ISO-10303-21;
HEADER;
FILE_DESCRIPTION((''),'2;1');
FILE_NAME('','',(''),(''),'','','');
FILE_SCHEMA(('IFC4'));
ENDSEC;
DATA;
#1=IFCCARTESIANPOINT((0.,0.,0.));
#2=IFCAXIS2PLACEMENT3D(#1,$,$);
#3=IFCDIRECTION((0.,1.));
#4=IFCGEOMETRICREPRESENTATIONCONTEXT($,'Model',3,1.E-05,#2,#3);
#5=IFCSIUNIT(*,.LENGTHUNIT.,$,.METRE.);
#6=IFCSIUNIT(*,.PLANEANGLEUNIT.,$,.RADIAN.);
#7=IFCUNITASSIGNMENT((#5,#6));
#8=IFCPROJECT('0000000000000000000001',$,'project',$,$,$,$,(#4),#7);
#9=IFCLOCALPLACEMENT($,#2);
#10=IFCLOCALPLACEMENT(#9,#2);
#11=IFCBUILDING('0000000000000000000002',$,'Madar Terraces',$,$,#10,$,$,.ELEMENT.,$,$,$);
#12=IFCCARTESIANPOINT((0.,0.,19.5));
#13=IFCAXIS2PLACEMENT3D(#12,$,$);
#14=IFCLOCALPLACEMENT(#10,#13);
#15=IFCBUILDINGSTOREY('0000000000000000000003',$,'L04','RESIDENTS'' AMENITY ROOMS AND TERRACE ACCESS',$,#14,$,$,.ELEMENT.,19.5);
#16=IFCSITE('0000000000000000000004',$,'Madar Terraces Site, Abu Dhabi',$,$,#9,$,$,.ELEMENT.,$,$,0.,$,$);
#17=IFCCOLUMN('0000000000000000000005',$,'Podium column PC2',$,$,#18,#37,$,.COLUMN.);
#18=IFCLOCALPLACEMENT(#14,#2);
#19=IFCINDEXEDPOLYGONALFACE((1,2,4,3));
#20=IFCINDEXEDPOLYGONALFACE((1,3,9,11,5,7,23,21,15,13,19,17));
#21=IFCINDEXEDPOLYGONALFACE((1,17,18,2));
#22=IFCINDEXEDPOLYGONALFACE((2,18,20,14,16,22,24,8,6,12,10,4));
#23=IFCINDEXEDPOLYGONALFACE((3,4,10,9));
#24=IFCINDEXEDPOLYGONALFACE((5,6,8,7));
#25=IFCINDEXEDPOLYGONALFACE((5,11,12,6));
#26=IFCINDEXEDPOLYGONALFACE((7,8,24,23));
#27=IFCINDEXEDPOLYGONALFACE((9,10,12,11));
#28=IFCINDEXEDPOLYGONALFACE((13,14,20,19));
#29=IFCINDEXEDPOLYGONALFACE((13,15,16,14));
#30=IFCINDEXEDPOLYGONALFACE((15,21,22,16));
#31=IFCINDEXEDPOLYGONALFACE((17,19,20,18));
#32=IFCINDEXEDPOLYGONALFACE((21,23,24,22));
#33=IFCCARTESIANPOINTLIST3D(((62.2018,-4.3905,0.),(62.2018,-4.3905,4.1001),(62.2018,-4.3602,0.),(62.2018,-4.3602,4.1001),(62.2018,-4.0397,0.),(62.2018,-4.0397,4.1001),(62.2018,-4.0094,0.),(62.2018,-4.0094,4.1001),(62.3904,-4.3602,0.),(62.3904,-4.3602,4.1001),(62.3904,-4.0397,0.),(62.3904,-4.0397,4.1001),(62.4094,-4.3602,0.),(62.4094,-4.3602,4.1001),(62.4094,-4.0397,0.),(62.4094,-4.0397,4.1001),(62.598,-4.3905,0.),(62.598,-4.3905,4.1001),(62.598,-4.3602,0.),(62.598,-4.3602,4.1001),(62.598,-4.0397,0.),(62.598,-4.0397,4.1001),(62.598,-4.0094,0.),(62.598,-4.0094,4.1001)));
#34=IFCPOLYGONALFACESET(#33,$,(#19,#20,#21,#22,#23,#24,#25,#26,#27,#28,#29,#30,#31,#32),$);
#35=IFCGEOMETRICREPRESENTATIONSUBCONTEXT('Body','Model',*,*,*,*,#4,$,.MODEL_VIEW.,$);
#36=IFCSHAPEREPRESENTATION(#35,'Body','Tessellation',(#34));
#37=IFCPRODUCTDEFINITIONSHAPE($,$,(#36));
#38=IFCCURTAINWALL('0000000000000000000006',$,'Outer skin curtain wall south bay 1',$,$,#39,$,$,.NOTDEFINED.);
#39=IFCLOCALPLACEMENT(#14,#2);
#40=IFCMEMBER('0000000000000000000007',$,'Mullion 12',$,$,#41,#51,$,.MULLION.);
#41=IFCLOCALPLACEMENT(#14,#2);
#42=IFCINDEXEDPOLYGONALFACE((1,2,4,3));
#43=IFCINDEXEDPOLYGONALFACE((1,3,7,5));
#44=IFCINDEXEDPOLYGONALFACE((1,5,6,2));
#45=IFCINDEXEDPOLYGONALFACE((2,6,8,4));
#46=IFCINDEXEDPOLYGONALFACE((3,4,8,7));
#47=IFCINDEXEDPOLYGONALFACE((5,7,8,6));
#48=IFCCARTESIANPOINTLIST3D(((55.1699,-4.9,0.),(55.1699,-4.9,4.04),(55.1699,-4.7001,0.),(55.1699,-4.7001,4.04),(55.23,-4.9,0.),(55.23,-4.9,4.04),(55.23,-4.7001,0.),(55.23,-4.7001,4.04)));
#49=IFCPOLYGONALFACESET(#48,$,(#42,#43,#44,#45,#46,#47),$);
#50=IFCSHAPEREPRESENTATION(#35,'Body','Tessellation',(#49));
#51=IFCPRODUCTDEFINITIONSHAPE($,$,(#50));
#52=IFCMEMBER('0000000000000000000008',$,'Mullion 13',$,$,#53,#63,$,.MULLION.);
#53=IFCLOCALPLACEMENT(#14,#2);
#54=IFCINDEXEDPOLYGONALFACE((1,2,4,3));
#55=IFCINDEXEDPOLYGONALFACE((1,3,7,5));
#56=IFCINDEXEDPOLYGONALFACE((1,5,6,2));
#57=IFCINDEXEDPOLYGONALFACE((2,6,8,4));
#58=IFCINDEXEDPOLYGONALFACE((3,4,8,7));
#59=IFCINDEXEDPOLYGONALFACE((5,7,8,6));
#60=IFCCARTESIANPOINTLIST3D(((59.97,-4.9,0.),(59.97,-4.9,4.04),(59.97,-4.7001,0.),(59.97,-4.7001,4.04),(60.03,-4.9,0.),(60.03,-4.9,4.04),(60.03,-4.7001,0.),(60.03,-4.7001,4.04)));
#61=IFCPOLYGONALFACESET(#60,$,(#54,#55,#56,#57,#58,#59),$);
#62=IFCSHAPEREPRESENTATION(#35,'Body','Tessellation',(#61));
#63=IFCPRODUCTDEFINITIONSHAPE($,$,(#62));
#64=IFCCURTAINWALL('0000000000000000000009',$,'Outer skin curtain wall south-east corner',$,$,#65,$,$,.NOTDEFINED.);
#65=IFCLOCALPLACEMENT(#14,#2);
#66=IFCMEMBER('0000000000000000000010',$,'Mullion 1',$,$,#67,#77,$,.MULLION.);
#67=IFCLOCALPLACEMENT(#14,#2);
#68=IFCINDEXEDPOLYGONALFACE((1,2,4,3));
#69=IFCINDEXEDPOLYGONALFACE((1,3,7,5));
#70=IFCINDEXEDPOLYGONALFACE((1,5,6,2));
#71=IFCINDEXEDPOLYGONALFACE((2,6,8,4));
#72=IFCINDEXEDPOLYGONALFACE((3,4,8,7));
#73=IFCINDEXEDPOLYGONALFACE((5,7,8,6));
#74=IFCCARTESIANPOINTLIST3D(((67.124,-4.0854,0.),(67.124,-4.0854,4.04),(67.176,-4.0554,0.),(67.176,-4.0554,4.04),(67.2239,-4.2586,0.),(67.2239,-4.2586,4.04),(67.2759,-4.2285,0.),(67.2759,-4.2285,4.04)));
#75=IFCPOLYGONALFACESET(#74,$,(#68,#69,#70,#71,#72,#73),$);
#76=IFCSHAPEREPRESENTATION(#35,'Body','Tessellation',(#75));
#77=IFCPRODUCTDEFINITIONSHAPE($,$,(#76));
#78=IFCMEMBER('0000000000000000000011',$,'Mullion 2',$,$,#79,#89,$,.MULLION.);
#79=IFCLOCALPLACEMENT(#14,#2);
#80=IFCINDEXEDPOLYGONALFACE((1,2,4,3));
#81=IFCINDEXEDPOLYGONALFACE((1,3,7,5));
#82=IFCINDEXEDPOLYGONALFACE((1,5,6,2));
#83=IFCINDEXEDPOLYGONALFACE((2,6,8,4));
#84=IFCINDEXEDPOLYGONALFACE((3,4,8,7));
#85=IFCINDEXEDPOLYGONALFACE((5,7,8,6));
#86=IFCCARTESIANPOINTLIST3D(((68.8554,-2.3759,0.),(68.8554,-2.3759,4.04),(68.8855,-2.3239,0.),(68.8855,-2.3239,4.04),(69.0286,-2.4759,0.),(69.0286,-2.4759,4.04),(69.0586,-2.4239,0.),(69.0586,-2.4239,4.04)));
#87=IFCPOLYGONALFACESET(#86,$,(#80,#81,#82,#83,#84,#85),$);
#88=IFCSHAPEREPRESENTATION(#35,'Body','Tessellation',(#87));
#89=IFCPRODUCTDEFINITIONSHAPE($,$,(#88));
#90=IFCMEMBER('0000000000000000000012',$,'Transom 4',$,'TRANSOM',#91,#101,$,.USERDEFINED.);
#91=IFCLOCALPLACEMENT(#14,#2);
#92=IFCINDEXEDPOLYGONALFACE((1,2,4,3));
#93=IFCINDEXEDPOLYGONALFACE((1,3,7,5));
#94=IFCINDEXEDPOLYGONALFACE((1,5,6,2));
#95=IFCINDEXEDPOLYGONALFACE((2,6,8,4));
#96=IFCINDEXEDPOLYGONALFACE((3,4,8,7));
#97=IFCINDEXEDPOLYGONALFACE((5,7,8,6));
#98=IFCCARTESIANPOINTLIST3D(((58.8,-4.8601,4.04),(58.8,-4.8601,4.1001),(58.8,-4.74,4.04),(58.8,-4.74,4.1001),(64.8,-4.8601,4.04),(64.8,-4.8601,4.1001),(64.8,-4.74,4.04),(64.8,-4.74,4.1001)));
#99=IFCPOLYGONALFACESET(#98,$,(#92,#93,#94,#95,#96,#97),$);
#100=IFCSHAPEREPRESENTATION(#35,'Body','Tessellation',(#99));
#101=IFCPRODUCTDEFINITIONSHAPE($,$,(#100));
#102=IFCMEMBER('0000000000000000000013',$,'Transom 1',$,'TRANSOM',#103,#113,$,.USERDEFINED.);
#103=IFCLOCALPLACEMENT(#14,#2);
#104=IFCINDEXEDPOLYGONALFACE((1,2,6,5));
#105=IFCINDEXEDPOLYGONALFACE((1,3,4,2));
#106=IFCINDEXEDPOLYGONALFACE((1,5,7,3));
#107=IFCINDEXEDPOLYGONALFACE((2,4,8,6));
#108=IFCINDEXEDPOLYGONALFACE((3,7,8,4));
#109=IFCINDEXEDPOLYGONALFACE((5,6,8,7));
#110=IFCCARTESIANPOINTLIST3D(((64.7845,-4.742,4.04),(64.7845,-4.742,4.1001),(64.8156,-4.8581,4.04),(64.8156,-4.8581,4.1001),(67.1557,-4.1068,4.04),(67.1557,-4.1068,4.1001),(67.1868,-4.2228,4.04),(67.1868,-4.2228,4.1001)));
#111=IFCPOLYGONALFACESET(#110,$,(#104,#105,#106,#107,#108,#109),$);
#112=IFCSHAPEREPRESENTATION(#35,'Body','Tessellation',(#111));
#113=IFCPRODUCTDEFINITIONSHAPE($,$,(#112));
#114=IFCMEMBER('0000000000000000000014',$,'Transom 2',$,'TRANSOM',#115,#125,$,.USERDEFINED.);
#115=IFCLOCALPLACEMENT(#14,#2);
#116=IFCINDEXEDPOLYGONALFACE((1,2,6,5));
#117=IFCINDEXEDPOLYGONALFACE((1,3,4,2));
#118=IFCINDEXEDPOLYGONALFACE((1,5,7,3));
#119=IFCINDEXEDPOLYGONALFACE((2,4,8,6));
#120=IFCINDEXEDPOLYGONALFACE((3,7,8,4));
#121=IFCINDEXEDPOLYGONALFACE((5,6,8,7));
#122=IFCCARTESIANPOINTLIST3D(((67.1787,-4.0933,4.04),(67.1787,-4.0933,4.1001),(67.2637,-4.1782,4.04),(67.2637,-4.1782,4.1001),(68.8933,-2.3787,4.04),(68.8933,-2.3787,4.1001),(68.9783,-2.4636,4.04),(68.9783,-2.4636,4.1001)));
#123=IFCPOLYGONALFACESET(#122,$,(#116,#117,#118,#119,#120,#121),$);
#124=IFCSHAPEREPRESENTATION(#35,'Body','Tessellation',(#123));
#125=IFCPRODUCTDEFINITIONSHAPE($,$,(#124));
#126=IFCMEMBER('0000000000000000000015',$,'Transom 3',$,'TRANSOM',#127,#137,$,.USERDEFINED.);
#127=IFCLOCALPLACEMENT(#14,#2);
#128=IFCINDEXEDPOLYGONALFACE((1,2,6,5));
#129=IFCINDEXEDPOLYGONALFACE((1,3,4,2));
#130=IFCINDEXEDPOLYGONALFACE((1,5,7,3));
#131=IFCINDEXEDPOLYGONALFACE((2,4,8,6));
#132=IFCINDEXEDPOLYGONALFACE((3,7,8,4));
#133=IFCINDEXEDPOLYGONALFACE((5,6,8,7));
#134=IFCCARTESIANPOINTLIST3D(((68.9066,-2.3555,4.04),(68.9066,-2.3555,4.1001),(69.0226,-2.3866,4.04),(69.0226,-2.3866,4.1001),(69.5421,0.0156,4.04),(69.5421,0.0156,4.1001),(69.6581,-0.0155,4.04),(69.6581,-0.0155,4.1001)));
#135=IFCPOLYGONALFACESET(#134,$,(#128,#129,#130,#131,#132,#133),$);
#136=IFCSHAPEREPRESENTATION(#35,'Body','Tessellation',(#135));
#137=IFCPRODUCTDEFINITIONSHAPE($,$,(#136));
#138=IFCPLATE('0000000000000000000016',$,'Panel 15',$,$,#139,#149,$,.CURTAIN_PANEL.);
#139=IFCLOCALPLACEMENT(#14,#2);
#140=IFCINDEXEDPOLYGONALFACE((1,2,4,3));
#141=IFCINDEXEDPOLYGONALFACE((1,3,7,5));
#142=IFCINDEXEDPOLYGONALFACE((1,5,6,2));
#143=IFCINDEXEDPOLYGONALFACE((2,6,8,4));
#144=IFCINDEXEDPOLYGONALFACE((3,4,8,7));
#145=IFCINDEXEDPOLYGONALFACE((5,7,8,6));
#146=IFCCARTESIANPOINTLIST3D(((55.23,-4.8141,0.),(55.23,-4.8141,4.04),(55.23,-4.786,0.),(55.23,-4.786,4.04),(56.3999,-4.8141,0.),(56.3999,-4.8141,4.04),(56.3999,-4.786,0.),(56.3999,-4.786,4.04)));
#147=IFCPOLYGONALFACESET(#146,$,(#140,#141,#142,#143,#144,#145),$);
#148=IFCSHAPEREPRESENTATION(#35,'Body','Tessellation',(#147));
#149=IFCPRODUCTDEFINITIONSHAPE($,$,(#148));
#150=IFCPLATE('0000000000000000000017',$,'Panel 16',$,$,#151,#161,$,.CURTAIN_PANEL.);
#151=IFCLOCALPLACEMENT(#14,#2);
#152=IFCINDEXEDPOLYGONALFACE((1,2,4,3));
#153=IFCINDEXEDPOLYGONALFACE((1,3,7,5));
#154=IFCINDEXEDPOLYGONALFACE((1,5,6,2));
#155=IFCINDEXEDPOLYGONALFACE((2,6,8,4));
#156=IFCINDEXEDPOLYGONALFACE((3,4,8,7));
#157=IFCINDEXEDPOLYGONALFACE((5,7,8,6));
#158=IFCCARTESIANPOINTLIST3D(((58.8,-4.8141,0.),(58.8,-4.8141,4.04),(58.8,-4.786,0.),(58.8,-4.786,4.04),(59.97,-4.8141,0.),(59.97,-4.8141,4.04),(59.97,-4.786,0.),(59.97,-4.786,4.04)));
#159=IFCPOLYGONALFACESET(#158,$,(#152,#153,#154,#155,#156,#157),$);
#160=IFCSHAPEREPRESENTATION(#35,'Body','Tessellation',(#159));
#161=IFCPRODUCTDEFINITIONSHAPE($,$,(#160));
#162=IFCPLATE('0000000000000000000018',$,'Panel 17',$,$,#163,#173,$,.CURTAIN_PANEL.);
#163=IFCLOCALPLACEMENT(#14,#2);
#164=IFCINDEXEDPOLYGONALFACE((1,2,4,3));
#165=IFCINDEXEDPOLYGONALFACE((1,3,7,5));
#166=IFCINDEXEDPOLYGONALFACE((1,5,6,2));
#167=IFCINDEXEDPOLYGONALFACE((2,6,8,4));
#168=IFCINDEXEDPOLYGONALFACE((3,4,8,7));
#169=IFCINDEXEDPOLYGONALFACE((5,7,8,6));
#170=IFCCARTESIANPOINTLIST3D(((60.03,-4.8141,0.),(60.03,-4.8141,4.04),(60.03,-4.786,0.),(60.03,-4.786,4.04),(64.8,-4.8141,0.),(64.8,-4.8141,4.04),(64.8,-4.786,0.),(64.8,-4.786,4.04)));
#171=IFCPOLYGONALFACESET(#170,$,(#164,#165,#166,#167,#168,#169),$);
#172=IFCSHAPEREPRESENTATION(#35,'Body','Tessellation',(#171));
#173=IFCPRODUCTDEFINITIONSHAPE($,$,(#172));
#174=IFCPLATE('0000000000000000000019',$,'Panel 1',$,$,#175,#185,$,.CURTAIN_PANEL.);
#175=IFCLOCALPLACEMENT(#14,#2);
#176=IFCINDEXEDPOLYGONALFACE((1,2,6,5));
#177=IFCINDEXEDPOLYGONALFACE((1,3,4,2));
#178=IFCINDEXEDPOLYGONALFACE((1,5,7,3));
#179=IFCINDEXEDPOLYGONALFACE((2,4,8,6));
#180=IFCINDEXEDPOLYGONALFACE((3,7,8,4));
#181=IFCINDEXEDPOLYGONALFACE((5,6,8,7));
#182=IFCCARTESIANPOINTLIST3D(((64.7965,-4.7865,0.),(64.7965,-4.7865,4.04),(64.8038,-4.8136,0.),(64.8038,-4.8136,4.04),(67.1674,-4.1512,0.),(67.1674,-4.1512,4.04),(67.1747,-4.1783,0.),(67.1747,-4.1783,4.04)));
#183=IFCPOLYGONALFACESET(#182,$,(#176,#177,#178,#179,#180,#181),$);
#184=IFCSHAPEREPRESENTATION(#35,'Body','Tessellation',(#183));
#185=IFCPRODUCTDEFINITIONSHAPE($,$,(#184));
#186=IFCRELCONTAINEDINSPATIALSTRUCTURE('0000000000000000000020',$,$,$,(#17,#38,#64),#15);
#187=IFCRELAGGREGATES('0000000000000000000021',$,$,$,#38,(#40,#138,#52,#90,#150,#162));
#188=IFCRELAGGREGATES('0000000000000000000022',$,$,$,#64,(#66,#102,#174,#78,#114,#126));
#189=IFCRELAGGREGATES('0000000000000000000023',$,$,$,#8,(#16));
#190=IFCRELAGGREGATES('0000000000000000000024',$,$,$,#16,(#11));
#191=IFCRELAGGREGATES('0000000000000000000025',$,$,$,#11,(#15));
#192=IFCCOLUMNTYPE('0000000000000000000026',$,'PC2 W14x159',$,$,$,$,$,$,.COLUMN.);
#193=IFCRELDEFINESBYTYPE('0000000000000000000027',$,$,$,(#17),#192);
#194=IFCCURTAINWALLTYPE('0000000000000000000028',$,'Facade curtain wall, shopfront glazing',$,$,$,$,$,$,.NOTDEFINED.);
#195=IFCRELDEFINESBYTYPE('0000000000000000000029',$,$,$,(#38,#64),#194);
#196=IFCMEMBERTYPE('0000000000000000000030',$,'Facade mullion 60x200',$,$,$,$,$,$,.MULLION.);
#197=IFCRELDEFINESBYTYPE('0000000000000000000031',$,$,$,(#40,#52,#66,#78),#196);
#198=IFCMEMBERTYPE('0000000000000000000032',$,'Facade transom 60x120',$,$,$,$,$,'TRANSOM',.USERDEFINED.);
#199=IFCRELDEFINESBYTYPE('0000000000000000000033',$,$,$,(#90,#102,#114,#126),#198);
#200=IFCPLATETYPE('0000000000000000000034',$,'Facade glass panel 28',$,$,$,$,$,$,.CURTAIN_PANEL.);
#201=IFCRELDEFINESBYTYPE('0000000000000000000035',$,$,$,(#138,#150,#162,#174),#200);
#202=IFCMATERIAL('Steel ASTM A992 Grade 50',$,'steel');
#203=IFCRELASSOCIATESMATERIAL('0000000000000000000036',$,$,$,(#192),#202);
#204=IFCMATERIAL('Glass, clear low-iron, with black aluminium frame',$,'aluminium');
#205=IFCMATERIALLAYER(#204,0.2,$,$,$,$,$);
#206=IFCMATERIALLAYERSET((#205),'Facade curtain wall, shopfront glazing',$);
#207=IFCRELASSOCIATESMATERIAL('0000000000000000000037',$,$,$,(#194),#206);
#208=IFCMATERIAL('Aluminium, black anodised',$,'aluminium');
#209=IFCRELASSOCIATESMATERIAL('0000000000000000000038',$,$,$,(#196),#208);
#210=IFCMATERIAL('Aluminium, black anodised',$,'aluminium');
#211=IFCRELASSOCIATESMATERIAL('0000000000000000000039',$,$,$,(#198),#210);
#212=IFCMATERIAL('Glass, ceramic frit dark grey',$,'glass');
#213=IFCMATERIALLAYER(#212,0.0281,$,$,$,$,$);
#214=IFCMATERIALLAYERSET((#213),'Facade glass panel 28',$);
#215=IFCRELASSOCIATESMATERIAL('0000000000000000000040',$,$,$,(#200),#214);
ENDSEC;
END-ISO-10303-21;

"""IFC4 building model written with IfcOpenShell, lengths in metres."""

from ifc_helpers import new_model, si_unit, direction, frame, origin, origin_2d, place, context, subcontext, project, spatial, rectangle, i_section, extrude, material, layer, layer_set, material_profile, profile_set, type_object, element, aggregate, save


model = new_model("IFC4")

# Units and contexts
model_context = context("Model", 3, precision=1e-05, world=origin(), true_north=direction((0.0, 1.0)))
body_context = subcontext(model_context, "Body", "Model", "MODEL_VIEW")
ifc_project = project(units=[si_unit("LENGTHUNIT", "METRE"), si_unit("PLANEANGLEUNIT", "RADIAN")], contexts=[model_context])

# Site, building, storey
site_placement = place(None, origin())
site = spatial("IfcSite", under=ifc_project, at=site_placement, Name="Madar Terraces Site, Abu Dhabi", CompositionType="ELEMENT", RefElevation=0.0)
building_placement = place(site_placement, origin())
building = spatial("IfcBuilding", under=site, at=building_placement, Name="Madar Terraces", CompositionType="ELEMENT")
storey_placement = place(building_placement, frame((0.0, 0.0, 19.5)))
storey = spatial("IfcBuildingStorey", under=building, at=storey_placement, Name="L04", Description="RESIDENTS' AMENITY ROOMS AND TERRACE ACCESS", CompositionType="ELEMENT", Elevation=19.5)

# Column
ifc_material_1 = material(Name="Steel ASTM A992 Grade 50", Category="steel")
ifc_material_profile_1 = material_profile(ifc_material_1, i_section(OverallWidth=0.3962, OverallDepth=0.3811, WebThickness=0.019, FlangeThickness=0.0303, at=origin_2d()), Name="W14x159")
ifc_profile_set_1 = profile_set([ifc_material_profile_1], Name="Steel ASTM A992 Grade 50")
column_type = type_object("IfcColumnType", Name="PC2 W14x159", PredefinedType="COLUMN", material=ifc_profile_set_1)
column_placement = place(storey_placement, frame((62.3999, -4.2, 0.0), z_axis=(0.0, 0.0, 1.0), x_axis=(1.0, 0.0, 0.0)))
element("IfcColumn", 1, at=column_placement, inside=storey, type_object=column_type, Name="Podium column PC2", PredefinedType="COLUMN", context=body_context, shape_type="SweptSolid", body=[
    extrude(i_section(OverallWidth=0.3962, OverallDepth=0.3811, WebThickness=0.019, FlangeThickness=0.0303, at=origin_2d()), origin(), (0.0, 0.0, 1.0), 4.1001),
])

# Curtain walls, members
ifc_material_2 = material(Name="Glass, clear low-iron, with black aluminium frame", Category="aluminium")
ifc_layer_1 = layer(ifc_material_2, 0.2)
ifc_layer_set_1 = layer_set([ifc_layer_1], Name="Facade curtain wall, shopfront glazing")
curtain_wall_type = type_object("IfcCurtainWallType", Name="Facade curtain wall, shopfront glazing", PredefinedType="NOTDEFINED", material=ifc_layer_set_1)
curtain_wall_1_placement = place(storey_placement, origin())
curtain_wall_1 = element("IfcCurtainWall", 2, at=curtain_wall_1_placement, inside=storey, type_object=curtain_wall_type, Name="Outer skin curtain wall south bay 1", PredefinedType="NOTDEFINED")
ifc_material_3 = material(Name="Aluminium, black anodised", Category="aluminium")
ifc_material_profile_2 = material_profile(ifc_material_3, rectangle(XDim=0.2, YDim=0.0601, at=origin_2d()), Name="Facade mullion 60x200")
ifc_profile_set_2 = profile_set([ifc_material_profile_2], Name="Aluminium, black anodised")
member_type_1 = type_object("IfcMemberType", Name="Facade mullion 60x200", PredefinedType="MULLION", material=ifc_profile_set_2)
member_1_placement = place(storey_placement, frame((55.2, -4.8, 0.0), z_axis=(0.0, 0.0, 1.0), x_axis=(0.0, 1.0, 0.0)))
member_1 = element("IfcMember", 3, at=member_1_placement, type_object=member_type_1, Name="Mullion 12", PredefinedType="MULLION", context=body_context, shape_type="SweptSolid", body=[
    extrude(rectangle(XDim=0.2, YDim=0.0601, at=origin_2d()), origin(), (0.0, 0.0, 1.0), 4.04),
])
member_2_placement = place(storey_placement, frame((60.0, -4.8, 0.0), z_axis=(0.0, 0.0, 1.0), x_axis=(0.0, 1.0, 0.0)))
member_2 = element("IfcMember", 4, at=member_2_placement, type_object=member_type_1, Name="Mullion 13", PredefinedType="MULLION", context=body_context, shape_type="SweptSolid", body=[
    extrude(rectangle(XDim=0.2, YDim=0.0601, at=origin_2d()), origin(), (0.0, 0.0, 1.0), 4.04),
])
curtain_wall_2_placement = place(storey_placement, origin())
curtain_wall_2 = element("IfcCurtainWall", 5, at=curtain_wall_2_placement, inside=storey, type_object=curtain_wall_type, Name="Outer skin curtain wall south-east corner", PredefinedType="NOTDEFINED")
member_3_placement = place(storey_placement, frame((67.2, -4.157, 0.0), z_axis=(0.0, 0.0, 1.0), x_axis=(-0.5, 0.866025, 0.0)))
member_3 = element("IfcMember", 6, at=member_3_placement, type_object=member_type_1, Name="Mullion 1", PredefinedType="MULLION", context=body_context, shape_type="SweptSolid", body=[
    extrude(rectangle(XDim=0.2, YDim=0.0601, at=origin_2d()), origin(), (0.0, 0.0, 1.0), 4.04),
])
member_4_placement = place(storey_placement, frame((68.957, -2.3999, 0.0), z_axis=(0.0, 0.0, 1.0), x_axis=(-0.866025, 0.5, 0.0)))
member_4 = element("IfcMember", 7, at=member_4_placement, type_object=member_type_1, Name="Mullion 2", PredefinedType="MULLION", context=body_context, shape_type="SweptSolid", body=[
    extrude(rectangle(XDim=0.2, YDim=0.0601, at=origin_2d()), origin(), (0.0, 0.0, 1.0), 4.04),
])

# Members
ifc_material_4 = material(Name="Aluminium, black anodised", Category="aluminium")
ifc_material_profile_3 = material_profile(ifc_material_4, rectangle(XDim=0.1201, YDim=0.0601, at=origin_2d()), Name="Facade transom 60x120")
ifc_profile_set_3 = profile_set([ifc_material_profile_3], Name="Aluminium, black anodised")
member_type_2 = type_object("IfcMemberType", Name="Facade transom 60x120", ElementType="TRANSOM", PredefinedType="USERDEFINED", material=ifc_profile_set_3)
member_5_placement = place(storey_placement, frame((58.8, -4.8, 4.0701), z_axis=(1.0, 0.0, 0.0), x_axis=(0.0, 1.0, 0.0)))
member_5 = element("IfcMember", 8, at=member_5_placement, type_object=member_type_2, Name="Transom 4", ObjectType="TRANSOM", PredefinedType="USERDEFINED", context=body_context, shape_type="SweptSolid", body=[
    extrude(rectangle(XDim=0.1201, YDim=0.0601, at=origin_2d()), origin(), (0.0, 0.0, 1.0), 6.0),
])
member_6_placement = place(storey_placement, frame((64.8, -4.8, 4.0701), z_axis=(0.965934, 0.258789, 0.0), x_axis=(-0.258789, 0.965934, 0.0)))
member_6 = element("IfcMember", 9, at=member_6_placement, type_object=member_type_2, Name="Transom 1", ObjectType="TRANSOM", PredefinedType="USERDEFINED", context=body_context, shape_type="SweptSolid", body=[
    extrude(rectangle(XDim=0.1201, YDim=0.0601, at=origin_2d()), origin(), (0.0, 0.0, 1.0), 2.4548),
])
member_7_placement = place(storey_placement, frame((67.2212, -4.1357, 4.0701), z_axis=(0.707107, 0.707107, 0.0), x_axis=(-0.707107, 0.707107, 0.0)))
member_7 = element("IfcMember", 10, at=member_7_placement, type_object=member_type_2, Name="Transom 2", ObjectType="TRANSOM", PredefinedType="USERDEFINED", context=body_context, shape_type="SweptSolid", body=[
    extrude(rectangle(XDim=0.1201, YDim=0.0601, at=origin_2d()), origin(), (0.0, 0.0, 1.0), 2.4248),
])
member_8_placement = place(storey_placement, frame((68.9646, -2.3711, 4.0701), z_axis=(0.258882, 0.965909, 0.0), x_axis=(-0.965909, 0.258882, 0.0)))
member_8 = element("IfcMember", 11, at=member_8_placement, type_object=member_type_2, Name="Transom 3", ObjectType="TRANSOM", PredefinedType="USERDEFINED", context=body_context, shape_type="SweptSolid", body=[
    extrude(rectangle(XDim=0.1201, YDim=0.0601, at=origin_2d()), origin(), (0.0, 0.0, 1.0), 2.4548),
])

# Plates
ifc_material_5 = material(Name="Glass, ceramic frit dark grey", Category="glass")
ifc_layer_2 = layer(ifc_material_5, 0.0281)
ifc_layer_set_2 = layer_set([ifc_layer_2], Name="Facade glass panel 28")
plate_type = type_object("IfcPlateType", Name="Facade glass panel 28", PredefinedType="CURTAIN_PANEL", material=ifc_layer_set_2)
plate_1_placement = place(storey_placement, frame((55.8149, -4.8, 0.0), z_axis=(0.0, 0.0, 1.0), x_axis=(1.0, 0.0, 0.0)))
plate_1 = element("IfcPlate", 12, at=plate_1_placement, type_object=plate_type, Name="Panel 15", PredefinedType="CURTAIN_PANEL", context=body_context, shape_type="SweptSolid", body=[
    extrude(rectangle(XDim=1.1699, YDim=0.0281, at=origin_2d()), origin(), (0.0, 0.0, 1.0), 4.04),
])
plate_2_placement = place(storey_placement, frame((59.385, -4.8, 0.0), z_axis=(0.0, 0.0, 1.0), x_axis=(1.0, 0.0, 0.0)))
plate_2 = element("IfcPlate", 13, at=plate_2_placement, type_object=plate_type, Name="Panel 16", PredefinedType="CURTAIN_PANEL", context=body_context, shape_type="SweptSolid", body=[
    extrude(rectangle(XDim=1.1699, YDim=0.0281, at=origin_2d()), origin(), (0.0, 0.0, 1.0), 4.04),
])
plate_3_placement = place(storey_placement, frame((62.415, -4.8, 0.0), z_axis=(0.0, 0.0, 1.0), x_axis=(1.0, 0.0, 0.0)))
plate_3 = element("IfcPlate", 14, at=plate_3_placement, type_object=plate_type, Name="Panel 17", PredefinedType="CURTAIN_PANEL", context=body_context, shape_type="SweptSolid", body=[
    extrude(rectangle(XDim=4.77, YDim=0.0281, at=origin_2d()), origin(), (0.0, 0.0, 1.0), 4.04),
])
aggregate(curtain_wall_1, [member_1, plate_1, member_2, member_5, plate_2, plate_3])
plate_4_placement = place(storey_placement, frame((65.9856, -4.4824, 0.0), z_axis=(0.0, 0.0, 1.0), x_axis=(0.965926, 0.258819, 0.0)))
plate_4 = element("IfcPlate", 15, at=plate_4_placement, type_object=plate_type, Name="Panel 1", PredefinedType="CURTAIN_PANEL", context=body_context, shape_type="SweptSolid", body=[
    extrude(rectangle(XDim=2.4546, YDim=0.0281, at=origin_2d()), origin(), (0.0, 0.0, 1.0), 4.04),
])
aggregate(curtain_wall_2, [member_3, member_6, plate_4, member_4, member_7, member_8])

save(model, "model.ifc")
